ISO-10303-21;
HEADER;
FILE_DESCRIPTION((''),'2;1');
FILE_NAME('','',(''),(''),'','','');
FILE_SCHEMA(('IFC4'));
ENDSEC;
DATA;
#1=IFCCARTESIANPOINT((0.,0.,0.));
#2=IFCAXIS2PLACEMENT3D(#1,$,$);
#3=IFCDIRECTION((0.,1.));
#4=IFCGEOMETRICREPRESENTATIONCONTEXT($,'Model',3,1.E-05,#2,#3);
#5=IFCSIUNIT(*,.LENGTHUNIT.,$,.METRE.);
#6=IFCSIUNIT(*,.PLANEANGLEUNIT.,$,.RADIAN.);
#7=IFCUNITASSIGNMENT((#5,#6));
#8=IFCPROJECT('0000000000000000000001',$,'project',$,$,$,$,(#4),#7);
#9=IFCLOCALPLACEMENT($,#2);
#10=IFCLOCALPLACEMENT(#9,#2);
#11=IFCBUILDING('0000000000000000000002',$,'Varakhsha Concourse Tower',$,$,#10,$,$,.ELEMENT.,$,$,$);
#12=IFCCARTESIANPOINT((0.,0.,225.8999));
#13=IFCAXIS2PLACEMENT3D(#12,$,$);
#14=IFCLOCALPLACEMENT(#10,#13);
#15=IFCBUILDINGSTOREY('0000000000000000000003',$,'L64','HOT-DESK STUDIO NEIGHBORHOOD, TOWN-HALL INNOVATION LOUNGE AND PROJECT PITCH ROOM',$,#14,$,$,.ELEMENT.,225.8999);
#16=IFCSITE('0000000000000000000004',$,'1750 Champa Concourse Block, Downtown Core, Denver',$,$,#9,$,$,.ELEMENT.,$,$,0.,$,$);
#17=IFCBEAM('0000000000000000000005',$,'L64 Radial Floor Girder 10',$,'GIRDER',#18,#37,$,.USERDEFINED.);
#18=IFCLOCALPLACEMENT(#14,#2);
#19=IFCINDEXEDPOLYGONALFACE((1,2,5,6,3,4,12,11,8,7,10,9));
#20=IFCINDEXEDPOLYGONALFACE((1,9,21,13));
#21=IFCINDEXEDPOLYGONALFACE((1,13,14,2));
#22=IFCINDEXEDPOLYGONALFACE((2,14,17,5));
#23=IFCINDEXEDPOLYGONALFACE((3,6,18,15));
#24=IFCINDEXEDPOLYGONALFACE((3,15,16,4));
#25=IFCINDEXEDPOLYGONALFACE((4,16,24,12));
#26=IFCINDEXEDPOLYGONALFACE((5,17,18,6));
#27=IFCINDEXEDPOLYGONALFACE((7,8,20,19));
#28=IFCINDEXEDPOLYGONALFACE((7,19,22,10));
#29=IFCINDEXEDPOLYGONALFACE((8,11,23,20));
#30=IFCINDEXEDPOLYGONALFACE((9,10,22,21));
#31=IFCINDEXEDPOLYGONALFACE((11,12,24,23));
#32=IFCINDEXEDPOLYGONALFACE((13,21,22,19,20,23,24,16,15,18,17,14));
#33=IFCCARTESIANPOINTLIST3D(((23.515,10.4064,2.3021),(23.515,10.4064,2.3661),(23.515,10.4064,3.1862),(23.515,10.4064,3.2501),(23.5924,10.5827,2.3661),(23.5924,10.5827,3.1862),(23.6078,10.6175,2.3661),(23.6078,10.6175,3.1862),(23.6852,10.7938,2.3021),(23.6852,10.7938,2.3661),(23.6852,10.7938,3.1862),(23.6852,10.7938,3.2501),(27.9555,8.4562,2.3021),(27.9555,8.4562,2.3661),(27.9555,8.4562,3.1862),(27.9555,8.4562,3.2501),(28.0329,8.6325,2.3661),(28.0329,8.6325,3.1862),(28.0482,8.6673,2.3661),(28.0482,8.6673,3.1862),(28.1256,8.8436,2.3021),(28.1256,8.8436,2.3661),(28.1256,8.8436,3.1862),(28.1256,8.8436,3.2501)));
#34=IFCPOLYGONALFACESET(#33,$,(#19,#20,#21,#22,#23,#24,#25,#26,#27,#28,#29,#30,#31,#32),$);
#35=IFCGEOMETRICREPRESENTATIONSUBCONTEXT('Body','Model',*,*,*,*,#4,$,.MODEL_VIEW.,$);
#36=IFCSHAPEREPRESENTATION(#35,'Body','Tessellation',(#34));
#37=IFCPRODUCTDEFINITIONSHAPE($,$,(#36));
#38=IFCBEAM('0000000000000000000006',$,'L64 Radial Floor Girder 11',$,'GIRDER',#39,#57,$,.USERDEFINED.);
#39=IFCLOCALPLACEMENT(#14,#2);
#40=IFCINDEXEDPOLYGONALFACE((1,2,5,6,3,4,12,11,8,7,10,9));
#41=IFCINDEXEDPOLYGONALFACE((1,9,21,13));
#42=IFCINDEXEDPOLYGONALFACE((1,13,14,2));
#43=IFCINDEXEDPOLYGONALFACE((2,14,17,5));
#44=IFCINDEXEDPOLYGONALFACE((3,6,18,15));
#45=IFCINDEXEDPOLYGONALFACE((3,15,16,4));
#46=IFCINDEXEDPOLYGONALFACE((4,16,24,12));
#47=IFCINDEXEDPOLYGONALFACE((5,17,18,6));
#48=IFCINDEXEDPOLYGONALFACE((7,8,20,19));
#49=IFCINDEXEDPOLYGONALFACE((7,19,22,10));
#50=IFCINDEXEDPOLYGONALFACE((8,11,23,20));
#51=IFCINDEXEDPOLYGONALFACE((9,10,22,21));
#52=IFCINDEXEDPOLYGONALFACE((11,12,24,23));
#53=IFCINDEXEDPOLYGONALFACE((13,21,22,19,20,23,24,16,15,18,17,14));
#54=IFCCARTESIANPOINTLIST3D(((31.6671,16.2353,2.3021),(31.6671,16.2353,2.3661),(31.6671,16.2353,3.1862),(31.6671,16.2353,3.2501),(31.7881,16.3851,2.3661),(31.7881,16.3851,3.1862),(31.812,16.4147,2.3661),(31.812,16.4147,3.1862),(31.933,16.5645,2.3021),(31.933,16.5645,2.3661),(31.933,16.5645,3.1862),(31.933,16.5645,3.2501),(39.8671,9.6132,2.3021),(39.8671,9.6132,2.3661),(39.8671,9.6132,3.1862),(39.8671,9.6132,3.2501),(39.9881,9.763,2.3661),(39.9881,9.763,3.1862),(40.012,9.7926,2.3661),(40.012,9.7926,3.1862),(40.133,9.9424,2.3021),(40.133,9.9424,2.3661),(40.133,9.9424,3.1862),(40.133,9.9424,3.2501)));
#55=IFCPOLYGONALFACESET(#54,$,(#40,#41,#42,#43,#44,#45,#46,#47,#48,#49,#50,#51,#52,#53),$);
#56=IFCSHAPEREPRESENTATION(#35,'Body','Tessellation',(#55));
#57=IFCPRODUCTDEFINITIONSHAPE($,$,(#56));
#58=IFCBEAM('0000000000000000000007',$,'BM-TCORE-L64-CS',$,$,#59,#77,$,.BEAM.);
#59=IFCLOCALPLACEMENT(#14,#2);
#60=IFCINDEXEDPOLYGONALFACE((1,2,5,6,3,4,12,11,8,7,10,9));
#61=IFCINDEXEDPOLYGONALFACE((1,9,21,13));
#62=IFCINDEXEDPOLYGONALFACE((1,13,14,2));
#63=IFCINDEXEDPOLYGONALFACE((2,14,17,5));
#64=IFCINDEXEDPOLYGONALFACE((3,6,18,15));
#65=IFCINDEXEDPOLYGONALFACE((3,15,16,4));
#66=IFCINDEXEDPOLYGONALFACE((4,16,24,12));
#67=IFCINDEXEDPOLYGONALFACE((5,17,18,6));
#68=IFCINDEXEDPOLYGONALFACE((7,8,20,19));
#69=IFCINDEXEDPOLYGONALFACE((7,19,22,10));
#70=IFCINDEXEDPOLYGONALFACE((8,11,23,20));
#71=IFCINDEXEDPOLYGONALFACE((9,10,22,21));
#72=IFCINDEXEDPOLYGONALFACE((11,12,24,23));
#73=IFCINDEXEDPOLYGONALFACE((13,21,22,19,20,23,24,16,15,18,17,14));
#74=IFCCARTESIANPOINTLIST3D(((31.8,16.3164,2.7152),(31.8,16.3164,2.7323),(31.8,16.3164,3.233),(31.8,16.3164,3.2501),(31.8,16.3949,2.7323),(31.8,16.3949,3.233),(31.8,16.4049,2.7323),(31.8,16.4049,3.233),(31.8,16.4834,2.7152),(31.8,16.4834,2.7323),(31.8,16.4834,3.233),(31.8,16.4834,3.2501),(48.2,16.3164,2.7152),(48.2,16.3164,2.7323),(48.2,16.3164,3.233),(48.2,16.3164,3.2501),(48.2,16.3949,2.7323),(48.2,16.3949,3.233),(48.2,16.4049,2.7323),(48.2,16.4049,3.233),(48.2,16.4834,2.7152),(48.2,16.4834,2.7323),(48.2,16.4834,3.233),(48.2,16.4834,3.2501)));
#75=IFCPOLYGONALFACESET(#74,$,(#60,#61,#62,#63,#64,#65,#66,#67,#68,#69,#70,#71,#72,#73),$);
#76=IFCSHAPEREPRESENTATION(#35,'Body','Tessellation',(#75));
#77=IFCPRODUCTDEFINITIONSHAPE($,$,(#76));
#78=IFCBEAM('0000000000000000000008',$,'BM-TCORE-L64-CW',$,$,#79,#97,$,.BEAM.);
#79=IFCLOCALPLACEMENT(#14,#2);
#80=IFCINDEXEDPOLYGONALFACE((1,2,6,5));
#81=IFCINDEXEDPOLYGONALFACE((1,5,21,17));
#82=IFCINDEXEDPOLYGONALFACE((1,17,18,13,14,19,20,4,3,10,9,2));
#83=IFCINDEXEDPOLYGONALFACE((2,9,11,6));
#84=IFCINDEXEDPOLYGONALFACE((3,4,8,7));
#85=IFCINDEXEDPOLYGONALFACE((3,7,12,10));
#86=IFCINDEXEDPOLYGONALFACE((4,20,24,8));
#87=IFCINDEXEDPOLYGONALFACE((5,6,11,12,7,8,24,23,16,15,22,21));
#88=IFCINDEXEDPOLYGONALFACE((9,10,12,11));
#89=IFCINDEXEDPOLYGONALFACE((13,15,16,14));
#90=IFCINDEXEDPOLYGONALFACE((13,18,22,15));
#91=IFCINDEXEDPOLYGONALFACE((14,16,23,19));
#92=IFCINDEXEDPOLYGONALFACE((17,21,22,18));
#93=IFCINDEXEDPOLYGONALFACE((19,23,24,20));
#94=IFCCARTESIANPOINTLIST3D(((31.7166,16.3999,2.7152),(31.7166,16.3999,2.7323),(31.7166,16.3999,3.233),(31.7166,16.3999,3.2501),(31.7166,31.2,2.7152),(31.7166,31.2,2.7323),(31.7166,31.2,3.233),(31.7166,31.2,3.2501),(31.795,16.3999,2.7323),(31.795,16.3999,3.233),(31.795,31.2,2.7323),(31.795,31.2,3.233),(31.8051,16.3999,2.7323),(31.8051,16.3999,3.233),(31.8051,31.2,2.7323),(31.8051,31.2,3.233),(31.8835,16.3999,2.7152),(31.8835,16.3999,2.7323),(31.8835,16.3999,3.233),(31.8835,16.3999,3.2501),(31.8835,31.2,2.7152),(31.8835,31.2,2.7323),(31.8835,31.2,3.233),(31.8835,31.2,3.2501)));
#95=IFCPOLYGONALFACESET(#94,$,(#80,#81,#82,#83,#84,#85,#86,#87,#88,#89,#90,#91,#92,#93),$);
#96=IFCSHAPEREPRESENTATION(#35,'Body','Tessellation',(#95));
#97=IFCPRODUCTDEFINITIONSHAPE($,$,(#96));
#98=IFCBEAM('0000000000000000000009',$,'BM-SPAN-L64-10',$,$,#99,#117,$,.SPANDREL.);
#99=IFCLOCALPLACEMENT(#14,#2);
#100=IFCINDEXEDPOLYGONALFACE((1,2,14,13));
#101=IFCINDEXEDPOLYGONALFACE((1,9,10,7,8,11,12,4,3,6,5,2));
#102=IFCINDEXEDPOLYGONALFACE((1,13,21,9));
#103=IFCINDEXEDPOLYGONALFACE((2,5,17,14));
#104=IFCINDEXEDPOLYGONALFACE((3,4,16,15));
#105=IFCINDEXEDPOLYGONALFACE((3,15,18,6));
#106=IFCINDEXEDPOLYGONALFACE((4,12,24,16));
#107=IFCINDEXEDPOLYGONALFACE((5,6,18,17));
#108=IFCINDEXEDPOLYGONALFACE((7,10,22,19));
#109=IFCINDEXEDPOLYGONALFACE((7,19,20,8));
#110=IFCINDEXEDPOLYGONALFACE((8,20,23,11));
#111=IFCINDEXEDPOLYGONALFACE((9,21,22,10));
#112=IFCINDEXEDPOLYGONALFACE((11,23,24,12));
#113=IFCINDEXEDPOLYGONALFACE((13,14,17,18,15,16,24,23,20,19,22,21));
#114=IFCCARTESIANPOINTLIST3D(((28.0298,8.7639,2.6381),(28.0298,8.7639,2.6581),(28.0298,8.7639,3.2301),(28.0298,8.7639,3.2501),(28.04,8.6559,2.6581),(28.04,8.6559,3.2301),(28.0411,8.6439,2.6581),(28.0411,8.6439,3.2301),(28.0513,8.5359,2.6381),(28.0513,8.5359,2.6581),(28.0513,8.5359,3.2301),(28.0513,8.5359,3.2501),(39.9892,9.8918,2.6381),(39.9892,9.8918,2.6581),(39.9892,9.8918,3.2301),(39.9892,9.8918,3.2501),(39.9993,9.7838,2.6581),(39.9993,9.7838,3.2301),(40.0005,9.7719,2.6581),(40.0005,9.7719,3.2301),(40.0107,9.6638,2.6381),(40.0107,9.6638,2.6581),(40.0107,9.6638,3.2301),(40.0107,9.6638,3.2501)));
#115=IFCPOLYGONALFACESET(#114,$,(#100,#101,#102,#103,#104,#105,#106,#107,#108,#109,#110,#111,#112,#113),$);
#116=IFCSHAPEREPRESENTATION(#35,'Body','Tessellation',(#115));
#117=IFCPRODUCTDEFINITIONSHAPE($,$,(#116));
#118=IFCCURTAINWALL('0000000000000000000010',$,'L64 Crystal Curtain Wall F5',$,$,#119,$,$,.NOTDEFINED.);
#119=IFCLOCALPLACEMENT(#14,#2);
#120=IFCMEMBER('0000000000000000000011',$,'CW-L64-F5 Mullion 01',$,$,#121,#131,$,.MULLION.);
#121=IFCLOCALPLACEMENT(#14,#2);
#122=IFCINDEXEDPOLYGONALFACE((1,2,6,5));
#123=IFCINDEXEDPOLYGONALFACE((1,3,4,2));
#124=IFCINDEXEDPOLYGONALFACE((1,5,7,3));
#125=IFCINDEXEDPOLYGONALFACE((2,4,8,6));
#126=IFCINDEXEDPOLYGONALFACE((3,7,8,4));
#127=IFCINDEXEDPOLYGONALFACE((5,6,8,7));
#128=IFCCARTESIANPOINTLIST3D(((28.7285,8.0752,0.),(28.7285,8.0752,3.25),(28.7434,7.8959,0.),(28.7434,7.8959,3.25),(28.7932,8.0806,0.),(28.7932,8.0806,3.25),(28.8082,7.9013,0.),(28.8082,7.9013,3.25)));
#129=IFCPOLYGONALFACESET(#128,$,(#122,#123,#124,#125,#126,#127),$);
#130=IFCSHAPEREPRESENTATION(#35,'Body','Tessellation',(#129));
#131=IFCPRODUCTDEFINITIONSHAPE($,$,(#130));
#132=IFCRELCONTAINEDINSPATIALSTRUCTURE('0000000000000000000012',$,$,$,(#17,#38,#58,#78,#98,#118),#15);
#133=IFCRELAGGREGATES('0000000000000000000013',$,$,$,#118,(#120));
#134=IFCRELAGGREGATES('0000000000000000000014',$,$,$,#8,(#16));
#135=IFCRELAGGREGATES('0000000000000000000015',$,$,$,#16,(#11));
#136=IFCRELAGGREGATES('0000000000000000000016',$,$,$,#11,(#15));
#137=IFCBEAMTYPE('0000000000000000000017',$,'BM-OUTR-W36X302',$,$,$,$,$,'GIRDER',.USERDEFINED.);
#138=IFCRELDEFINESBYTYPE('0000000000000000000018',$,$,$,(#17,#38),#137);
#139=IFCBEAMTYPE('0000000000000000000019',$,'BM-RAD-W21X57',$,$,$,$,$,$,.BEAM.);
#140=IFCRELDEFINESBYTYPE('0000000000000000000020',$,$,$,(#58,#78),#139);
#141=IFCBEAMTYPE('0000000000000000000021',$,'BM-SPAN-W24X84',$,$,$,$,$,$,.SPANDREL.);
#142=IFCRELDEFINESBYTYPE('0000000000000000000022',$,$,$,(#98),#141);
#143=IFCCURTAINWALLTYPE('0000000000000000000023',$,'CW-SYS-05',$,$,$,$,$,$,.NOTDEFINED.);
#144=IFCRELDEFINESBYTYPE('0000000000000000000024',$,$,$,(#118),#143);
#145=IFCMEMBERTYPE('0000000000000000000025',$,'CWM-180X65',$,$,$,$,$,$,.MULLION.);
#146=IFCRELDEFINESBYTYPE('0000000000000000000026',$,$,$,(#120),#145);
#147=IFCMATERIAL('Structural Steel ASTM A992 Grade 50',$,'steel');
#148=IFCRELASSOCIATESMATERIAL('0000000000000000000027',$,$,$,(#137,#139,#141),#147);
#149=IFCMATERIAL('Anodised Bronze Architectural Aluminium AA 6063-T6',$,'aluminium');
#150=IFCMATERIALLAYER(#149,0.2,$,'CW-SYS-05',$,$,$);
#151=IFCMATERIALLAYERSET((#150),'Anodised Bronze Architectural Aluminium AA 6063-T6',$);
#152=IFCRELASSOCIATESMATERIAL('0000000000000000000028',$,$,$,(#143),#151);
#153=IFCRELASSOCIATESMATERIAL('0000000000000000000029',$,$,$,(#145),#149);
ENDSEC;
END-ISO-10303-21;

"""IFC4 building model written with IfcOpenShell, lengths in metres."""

from ifc_helpers import new_model, si_unit, direction, frame, origin, origin_2d, place, context, subcontext, project, spatial, rectangle, i_section, extrude, source, transform, mapped, material, layer, layer_set, material_profile, profile_set, type_object, type_shapes, element, aggregate, save


model = new_model("IFC4")

# Units and contexts
model_context = context("Model", 3, precision=1e-05, world=origin(), true_north=direction((0.0, 1.0)))
body_context = subcontext(model_context, "Body", "Model", "MODEL_VIEW")
ifc_project = project(units=[si_unit("LENGTHUNIT", "METRE"), si_unit("PLANEANGLEUNIT", "RADIAN")], contexts=[model_context])

# Site, building, storey
site_placement = place(None, origin())
site = spatial("IfcSite", under=ifc_project, at=site_placement, Name="1750 Champa Concourse Block, Downtown Core, Denver", CompositionType="ELEMENT", RefElevation=0.0)
building_placement = place(site_placement, origin())
building = spatial("IfcBuilding", under=site, at=building_placement, Name="Varakhsha Concourse Tower", CompositionType="ELEMENT")
storey_placement = place(building_placement, frame((0.0, 0.0, 225.8999)))
storey = spatial("IfcBuildingStorey", under=building, at=storey_placement, Name="L64", Description="HOT-DESK STUDIO NEIGHBORHOOD, TOWN-HALL INNOVATION LOUNGE AND PROJECT PITCH ROOM", CompositionType="ELEMENT", Elevation=225.8999)

# Shared definitions
ifc_material_1 = material(Name="Structural Steel ASTM A992 Grade 50", Category="steel")

# Beams
ifc_material_profile_1 = material_profile(ifc_material_1, i_section(OverallWidth=0.4231, OverallDepth=0.948, WebThickness=0.0381, FlangeThickness=0.064, at=origin_2d()), Name="W36X302")
ifc_profile_set_1 = profile_set([ifc_material_profile_1], Name="Structural Steel ASTM A992 Grade 50")
beam_type_1 = type_object("IfcBeamType", Name="BM-OUTR-W36X302", ElementType="GIRDER", PredefinedType="USERDEFINED", material=ifc_profile_set_1)
beam_1_placement = place(storey_placement, frame((23.6001, 10.6001, 2.7761), z_axis=(0.915588, -0.402118, 0.0), x_axis=(0.402118, 0.915588, 0.0)))
element("IfcBeam", 1, at=beam_1_placement, inside=storey, type_object=beam_type_1, Name="L64 Radial Floor Girder 10", ObjectType="GIRDER", PredefinedType="USERDEFINED", context=body_context, shape_type="SweptSolid", body=[
    extrude(i_section(OverallWidth=0.4231, OverallDepth=0.948, WebThickness=0.0381, FlangeThickness=0.064, at=origin_2d()), origin(), (0.0, 0.0, 1.0), 4.8499),
])
beam_2_placement = place(storey_placement, frame((31.8, 16.3999, 2.7761), z_axis=(0.777986, -0.628282, 0.0), x_axis=(0.628282, 0.777986, 0.0)))
element("IfcBeam", 2, at=beam_2_placement, inside=storey, type_object=beam_type_1, Name="L64 Radial Floor Girder 11", ObjectType="GIRDER", PredefinedType="USERDEFINED", context=body_context, shape_type="SweptSolid", body=[
    extrude(i_section(OverallWidth=0.4231, OverallDepth=0.948, WebThickness=0.0381, FlangeThickness=0.064, at=origin_2d()), origin(), (0.0, 0.0, 1.0), 10.54),
])
ifc_material_profile_2 = material_profile(ifc_material_1, i_section(OverallWidth=0.167, OverallDepth=0.5349, WebThickness=0.01, FlangeThickness=0.0171, at=origin_2d()), Name="W21X57")
ifc_profile_set_2 = profile_set([ifc_material_profile_2], Name="Structural Steel ASTM A992 Grade 50")
beam_type_2 = type_object("IfcBeamType", Name="BM-RAD-W21X57", PredefinedType="BEAM", material=ifc_profile_set_2)
beam_3_placement = place(storey_placement, frame((31.8, 16.3999, 2.9827), z_axis=(1.0, 0.0, 0.0), x_axis=(0.0, 1.0, 0.0)))
element("IfcBeam", 3, at=beam_3_placement, inside=storey, type_object=beam_type_2, Name="BM-TCORE-L64-CS", PredefinedType="BEAM", context=body_context, shape_type="SweptSolid", body=[
    extrude(i_section(OverallWidth=0.167, OverallDepth=0.5349, WebThickness=0.01, FlangeThickness=0.0171, at=origin_2d()), origin(), (0.0, 0.0, 1.0), 16.3999),
])
beam_4_placement = place(storey_placement, frame((31.8, 16.3999, 2.9827), z_axis=(0.0, 1.0, 0.0), x_axis=(-1.0, 0.0, 0.0)))
element("IfcBeam", 4, at=beam_4_placement, inside=storey, type_object=beam_type_2, Name="BM-TCORE-L64-CW", PredefinedType="BEAM", context=body_context, shape_type="SweptSolid", body=[
    extrude(i_section(OverallWidth=0.167, OverallDepth=0.5349, WebThickness=0.01, FlangeThickness=0.0171, at=origin_2d()), origin(), (0.0, 0.0, 1.0), 14.8),
])
ifc_material_profile_3 = material_profile(ifc_material_1, i_section(OverallWidth=0.229, OverallDepth=0.6121, WebThickness=0.012, FlangeThickness=0.02, at=origin_2d()), Name="W24X84")
ifc_profile_set_3 = profile_set([ifc_material_profile_3], Name="Structural Steel ASTM A992 Grade 50")
beam_type_3 = type_object("IfcBeamType", Name="BM-SPAN-W24X84", PredefinedType="SPANDREL", material=ifc_profile_set_3)
beam_5_placement = place(storey_placement, frame((28.0405, 8.6499, 2.9441), z_axis=(0.995582, 0.093896, 0.0), x_axis=(-0.093896, 0.995582, 0.0)))
element("IfcBeam", 5, at=beam_5_placement, inside=storey, type_object=beam_type_3, Name="BM-SPAN-L64-10", PredefinedType="SPANDREL", context=body_context, shape_type="SweptSolid", body=[
    extrude(i_section(OverallWidth=0.229, OverallDepth=0.6121, WebThickness=0.012, FlangeThickness=0.02, at=origin_2d()), origin(), (0.0, 0.0, 1.0), 12.0125),
])

# Curtain wall, member
ifc_material_2 = material(Name="Anodised Bronze Architectural Aluminium AA 6063-T6", Category="aluminium")
ifc_layer_1 = layer(ifc_material_2, 0.2, Name="CW-SYS-05")
ifc_layer_set_1 = layer_set([ifc_layer_1], Name="Anodised Bronze Architectural Aluminium AA 6063-T6")
curtain_wall_type = type_object("IfcCurtainWallType", Name="CW-SYS-05", PredefinedType="NOTDEFINED", material=ifc_layer_set_1)
curtain_wall_placement = place(storey_placement, origin())
curtain_wall = element("IfcCurtainWall", 6, at=curtain_wall_placement, inside=storey, type_object=curtain_wall_type, Name="L64 Crystal Curtain Wall F5", PredefinedType="NOTDEFINED")
ifc_material_profile_4 = material_profile(ifc_material_2, rectangle(XDim=0.0649, YDim=0.1799, at=origin_2d()), Name="CWM-180X65")
ifc_profile_set_4 = profile_set([ifc_material_profile_4], Name="Anodised Bronze Architectural Aluminium AA 6063-T6")
member_type = type_object("IfcMemberType", Name="CWM-180X65", PredefinedType="MULLION", material=ifc_profile_set_4)
shared_shape = source(origin(), body_context, "Body", "SweptSolid", [
    extrude(rectangle(XDim=0.0649, YDim=0.1799, at=origin_2d()), origin(), (0.0, 0.0, 1.0), 3.25),
])
type_shapes(member_type, [shared_shape])
member_placement = place(storey_placement, frame((28.7683, 7.9883, 0.0), z_axis=(0.0, 0.0, 1.0), x_axis=(-0.996529, -0.083247, 0.0)))
member = element("IfcMember", 7, at=member_placement, type_object=member_type, Name="CW-L64-F5 Mullion 01", PredefinedType="MULLION", context=body_context, shape_type="MappedRepresentation", body=[
    mapped(shared_shape, transform((0.0, 0.0, 0.0), scale=1.0)),
])
aggregate(curtain_wall, [member])

save(model, "model.ifc")
